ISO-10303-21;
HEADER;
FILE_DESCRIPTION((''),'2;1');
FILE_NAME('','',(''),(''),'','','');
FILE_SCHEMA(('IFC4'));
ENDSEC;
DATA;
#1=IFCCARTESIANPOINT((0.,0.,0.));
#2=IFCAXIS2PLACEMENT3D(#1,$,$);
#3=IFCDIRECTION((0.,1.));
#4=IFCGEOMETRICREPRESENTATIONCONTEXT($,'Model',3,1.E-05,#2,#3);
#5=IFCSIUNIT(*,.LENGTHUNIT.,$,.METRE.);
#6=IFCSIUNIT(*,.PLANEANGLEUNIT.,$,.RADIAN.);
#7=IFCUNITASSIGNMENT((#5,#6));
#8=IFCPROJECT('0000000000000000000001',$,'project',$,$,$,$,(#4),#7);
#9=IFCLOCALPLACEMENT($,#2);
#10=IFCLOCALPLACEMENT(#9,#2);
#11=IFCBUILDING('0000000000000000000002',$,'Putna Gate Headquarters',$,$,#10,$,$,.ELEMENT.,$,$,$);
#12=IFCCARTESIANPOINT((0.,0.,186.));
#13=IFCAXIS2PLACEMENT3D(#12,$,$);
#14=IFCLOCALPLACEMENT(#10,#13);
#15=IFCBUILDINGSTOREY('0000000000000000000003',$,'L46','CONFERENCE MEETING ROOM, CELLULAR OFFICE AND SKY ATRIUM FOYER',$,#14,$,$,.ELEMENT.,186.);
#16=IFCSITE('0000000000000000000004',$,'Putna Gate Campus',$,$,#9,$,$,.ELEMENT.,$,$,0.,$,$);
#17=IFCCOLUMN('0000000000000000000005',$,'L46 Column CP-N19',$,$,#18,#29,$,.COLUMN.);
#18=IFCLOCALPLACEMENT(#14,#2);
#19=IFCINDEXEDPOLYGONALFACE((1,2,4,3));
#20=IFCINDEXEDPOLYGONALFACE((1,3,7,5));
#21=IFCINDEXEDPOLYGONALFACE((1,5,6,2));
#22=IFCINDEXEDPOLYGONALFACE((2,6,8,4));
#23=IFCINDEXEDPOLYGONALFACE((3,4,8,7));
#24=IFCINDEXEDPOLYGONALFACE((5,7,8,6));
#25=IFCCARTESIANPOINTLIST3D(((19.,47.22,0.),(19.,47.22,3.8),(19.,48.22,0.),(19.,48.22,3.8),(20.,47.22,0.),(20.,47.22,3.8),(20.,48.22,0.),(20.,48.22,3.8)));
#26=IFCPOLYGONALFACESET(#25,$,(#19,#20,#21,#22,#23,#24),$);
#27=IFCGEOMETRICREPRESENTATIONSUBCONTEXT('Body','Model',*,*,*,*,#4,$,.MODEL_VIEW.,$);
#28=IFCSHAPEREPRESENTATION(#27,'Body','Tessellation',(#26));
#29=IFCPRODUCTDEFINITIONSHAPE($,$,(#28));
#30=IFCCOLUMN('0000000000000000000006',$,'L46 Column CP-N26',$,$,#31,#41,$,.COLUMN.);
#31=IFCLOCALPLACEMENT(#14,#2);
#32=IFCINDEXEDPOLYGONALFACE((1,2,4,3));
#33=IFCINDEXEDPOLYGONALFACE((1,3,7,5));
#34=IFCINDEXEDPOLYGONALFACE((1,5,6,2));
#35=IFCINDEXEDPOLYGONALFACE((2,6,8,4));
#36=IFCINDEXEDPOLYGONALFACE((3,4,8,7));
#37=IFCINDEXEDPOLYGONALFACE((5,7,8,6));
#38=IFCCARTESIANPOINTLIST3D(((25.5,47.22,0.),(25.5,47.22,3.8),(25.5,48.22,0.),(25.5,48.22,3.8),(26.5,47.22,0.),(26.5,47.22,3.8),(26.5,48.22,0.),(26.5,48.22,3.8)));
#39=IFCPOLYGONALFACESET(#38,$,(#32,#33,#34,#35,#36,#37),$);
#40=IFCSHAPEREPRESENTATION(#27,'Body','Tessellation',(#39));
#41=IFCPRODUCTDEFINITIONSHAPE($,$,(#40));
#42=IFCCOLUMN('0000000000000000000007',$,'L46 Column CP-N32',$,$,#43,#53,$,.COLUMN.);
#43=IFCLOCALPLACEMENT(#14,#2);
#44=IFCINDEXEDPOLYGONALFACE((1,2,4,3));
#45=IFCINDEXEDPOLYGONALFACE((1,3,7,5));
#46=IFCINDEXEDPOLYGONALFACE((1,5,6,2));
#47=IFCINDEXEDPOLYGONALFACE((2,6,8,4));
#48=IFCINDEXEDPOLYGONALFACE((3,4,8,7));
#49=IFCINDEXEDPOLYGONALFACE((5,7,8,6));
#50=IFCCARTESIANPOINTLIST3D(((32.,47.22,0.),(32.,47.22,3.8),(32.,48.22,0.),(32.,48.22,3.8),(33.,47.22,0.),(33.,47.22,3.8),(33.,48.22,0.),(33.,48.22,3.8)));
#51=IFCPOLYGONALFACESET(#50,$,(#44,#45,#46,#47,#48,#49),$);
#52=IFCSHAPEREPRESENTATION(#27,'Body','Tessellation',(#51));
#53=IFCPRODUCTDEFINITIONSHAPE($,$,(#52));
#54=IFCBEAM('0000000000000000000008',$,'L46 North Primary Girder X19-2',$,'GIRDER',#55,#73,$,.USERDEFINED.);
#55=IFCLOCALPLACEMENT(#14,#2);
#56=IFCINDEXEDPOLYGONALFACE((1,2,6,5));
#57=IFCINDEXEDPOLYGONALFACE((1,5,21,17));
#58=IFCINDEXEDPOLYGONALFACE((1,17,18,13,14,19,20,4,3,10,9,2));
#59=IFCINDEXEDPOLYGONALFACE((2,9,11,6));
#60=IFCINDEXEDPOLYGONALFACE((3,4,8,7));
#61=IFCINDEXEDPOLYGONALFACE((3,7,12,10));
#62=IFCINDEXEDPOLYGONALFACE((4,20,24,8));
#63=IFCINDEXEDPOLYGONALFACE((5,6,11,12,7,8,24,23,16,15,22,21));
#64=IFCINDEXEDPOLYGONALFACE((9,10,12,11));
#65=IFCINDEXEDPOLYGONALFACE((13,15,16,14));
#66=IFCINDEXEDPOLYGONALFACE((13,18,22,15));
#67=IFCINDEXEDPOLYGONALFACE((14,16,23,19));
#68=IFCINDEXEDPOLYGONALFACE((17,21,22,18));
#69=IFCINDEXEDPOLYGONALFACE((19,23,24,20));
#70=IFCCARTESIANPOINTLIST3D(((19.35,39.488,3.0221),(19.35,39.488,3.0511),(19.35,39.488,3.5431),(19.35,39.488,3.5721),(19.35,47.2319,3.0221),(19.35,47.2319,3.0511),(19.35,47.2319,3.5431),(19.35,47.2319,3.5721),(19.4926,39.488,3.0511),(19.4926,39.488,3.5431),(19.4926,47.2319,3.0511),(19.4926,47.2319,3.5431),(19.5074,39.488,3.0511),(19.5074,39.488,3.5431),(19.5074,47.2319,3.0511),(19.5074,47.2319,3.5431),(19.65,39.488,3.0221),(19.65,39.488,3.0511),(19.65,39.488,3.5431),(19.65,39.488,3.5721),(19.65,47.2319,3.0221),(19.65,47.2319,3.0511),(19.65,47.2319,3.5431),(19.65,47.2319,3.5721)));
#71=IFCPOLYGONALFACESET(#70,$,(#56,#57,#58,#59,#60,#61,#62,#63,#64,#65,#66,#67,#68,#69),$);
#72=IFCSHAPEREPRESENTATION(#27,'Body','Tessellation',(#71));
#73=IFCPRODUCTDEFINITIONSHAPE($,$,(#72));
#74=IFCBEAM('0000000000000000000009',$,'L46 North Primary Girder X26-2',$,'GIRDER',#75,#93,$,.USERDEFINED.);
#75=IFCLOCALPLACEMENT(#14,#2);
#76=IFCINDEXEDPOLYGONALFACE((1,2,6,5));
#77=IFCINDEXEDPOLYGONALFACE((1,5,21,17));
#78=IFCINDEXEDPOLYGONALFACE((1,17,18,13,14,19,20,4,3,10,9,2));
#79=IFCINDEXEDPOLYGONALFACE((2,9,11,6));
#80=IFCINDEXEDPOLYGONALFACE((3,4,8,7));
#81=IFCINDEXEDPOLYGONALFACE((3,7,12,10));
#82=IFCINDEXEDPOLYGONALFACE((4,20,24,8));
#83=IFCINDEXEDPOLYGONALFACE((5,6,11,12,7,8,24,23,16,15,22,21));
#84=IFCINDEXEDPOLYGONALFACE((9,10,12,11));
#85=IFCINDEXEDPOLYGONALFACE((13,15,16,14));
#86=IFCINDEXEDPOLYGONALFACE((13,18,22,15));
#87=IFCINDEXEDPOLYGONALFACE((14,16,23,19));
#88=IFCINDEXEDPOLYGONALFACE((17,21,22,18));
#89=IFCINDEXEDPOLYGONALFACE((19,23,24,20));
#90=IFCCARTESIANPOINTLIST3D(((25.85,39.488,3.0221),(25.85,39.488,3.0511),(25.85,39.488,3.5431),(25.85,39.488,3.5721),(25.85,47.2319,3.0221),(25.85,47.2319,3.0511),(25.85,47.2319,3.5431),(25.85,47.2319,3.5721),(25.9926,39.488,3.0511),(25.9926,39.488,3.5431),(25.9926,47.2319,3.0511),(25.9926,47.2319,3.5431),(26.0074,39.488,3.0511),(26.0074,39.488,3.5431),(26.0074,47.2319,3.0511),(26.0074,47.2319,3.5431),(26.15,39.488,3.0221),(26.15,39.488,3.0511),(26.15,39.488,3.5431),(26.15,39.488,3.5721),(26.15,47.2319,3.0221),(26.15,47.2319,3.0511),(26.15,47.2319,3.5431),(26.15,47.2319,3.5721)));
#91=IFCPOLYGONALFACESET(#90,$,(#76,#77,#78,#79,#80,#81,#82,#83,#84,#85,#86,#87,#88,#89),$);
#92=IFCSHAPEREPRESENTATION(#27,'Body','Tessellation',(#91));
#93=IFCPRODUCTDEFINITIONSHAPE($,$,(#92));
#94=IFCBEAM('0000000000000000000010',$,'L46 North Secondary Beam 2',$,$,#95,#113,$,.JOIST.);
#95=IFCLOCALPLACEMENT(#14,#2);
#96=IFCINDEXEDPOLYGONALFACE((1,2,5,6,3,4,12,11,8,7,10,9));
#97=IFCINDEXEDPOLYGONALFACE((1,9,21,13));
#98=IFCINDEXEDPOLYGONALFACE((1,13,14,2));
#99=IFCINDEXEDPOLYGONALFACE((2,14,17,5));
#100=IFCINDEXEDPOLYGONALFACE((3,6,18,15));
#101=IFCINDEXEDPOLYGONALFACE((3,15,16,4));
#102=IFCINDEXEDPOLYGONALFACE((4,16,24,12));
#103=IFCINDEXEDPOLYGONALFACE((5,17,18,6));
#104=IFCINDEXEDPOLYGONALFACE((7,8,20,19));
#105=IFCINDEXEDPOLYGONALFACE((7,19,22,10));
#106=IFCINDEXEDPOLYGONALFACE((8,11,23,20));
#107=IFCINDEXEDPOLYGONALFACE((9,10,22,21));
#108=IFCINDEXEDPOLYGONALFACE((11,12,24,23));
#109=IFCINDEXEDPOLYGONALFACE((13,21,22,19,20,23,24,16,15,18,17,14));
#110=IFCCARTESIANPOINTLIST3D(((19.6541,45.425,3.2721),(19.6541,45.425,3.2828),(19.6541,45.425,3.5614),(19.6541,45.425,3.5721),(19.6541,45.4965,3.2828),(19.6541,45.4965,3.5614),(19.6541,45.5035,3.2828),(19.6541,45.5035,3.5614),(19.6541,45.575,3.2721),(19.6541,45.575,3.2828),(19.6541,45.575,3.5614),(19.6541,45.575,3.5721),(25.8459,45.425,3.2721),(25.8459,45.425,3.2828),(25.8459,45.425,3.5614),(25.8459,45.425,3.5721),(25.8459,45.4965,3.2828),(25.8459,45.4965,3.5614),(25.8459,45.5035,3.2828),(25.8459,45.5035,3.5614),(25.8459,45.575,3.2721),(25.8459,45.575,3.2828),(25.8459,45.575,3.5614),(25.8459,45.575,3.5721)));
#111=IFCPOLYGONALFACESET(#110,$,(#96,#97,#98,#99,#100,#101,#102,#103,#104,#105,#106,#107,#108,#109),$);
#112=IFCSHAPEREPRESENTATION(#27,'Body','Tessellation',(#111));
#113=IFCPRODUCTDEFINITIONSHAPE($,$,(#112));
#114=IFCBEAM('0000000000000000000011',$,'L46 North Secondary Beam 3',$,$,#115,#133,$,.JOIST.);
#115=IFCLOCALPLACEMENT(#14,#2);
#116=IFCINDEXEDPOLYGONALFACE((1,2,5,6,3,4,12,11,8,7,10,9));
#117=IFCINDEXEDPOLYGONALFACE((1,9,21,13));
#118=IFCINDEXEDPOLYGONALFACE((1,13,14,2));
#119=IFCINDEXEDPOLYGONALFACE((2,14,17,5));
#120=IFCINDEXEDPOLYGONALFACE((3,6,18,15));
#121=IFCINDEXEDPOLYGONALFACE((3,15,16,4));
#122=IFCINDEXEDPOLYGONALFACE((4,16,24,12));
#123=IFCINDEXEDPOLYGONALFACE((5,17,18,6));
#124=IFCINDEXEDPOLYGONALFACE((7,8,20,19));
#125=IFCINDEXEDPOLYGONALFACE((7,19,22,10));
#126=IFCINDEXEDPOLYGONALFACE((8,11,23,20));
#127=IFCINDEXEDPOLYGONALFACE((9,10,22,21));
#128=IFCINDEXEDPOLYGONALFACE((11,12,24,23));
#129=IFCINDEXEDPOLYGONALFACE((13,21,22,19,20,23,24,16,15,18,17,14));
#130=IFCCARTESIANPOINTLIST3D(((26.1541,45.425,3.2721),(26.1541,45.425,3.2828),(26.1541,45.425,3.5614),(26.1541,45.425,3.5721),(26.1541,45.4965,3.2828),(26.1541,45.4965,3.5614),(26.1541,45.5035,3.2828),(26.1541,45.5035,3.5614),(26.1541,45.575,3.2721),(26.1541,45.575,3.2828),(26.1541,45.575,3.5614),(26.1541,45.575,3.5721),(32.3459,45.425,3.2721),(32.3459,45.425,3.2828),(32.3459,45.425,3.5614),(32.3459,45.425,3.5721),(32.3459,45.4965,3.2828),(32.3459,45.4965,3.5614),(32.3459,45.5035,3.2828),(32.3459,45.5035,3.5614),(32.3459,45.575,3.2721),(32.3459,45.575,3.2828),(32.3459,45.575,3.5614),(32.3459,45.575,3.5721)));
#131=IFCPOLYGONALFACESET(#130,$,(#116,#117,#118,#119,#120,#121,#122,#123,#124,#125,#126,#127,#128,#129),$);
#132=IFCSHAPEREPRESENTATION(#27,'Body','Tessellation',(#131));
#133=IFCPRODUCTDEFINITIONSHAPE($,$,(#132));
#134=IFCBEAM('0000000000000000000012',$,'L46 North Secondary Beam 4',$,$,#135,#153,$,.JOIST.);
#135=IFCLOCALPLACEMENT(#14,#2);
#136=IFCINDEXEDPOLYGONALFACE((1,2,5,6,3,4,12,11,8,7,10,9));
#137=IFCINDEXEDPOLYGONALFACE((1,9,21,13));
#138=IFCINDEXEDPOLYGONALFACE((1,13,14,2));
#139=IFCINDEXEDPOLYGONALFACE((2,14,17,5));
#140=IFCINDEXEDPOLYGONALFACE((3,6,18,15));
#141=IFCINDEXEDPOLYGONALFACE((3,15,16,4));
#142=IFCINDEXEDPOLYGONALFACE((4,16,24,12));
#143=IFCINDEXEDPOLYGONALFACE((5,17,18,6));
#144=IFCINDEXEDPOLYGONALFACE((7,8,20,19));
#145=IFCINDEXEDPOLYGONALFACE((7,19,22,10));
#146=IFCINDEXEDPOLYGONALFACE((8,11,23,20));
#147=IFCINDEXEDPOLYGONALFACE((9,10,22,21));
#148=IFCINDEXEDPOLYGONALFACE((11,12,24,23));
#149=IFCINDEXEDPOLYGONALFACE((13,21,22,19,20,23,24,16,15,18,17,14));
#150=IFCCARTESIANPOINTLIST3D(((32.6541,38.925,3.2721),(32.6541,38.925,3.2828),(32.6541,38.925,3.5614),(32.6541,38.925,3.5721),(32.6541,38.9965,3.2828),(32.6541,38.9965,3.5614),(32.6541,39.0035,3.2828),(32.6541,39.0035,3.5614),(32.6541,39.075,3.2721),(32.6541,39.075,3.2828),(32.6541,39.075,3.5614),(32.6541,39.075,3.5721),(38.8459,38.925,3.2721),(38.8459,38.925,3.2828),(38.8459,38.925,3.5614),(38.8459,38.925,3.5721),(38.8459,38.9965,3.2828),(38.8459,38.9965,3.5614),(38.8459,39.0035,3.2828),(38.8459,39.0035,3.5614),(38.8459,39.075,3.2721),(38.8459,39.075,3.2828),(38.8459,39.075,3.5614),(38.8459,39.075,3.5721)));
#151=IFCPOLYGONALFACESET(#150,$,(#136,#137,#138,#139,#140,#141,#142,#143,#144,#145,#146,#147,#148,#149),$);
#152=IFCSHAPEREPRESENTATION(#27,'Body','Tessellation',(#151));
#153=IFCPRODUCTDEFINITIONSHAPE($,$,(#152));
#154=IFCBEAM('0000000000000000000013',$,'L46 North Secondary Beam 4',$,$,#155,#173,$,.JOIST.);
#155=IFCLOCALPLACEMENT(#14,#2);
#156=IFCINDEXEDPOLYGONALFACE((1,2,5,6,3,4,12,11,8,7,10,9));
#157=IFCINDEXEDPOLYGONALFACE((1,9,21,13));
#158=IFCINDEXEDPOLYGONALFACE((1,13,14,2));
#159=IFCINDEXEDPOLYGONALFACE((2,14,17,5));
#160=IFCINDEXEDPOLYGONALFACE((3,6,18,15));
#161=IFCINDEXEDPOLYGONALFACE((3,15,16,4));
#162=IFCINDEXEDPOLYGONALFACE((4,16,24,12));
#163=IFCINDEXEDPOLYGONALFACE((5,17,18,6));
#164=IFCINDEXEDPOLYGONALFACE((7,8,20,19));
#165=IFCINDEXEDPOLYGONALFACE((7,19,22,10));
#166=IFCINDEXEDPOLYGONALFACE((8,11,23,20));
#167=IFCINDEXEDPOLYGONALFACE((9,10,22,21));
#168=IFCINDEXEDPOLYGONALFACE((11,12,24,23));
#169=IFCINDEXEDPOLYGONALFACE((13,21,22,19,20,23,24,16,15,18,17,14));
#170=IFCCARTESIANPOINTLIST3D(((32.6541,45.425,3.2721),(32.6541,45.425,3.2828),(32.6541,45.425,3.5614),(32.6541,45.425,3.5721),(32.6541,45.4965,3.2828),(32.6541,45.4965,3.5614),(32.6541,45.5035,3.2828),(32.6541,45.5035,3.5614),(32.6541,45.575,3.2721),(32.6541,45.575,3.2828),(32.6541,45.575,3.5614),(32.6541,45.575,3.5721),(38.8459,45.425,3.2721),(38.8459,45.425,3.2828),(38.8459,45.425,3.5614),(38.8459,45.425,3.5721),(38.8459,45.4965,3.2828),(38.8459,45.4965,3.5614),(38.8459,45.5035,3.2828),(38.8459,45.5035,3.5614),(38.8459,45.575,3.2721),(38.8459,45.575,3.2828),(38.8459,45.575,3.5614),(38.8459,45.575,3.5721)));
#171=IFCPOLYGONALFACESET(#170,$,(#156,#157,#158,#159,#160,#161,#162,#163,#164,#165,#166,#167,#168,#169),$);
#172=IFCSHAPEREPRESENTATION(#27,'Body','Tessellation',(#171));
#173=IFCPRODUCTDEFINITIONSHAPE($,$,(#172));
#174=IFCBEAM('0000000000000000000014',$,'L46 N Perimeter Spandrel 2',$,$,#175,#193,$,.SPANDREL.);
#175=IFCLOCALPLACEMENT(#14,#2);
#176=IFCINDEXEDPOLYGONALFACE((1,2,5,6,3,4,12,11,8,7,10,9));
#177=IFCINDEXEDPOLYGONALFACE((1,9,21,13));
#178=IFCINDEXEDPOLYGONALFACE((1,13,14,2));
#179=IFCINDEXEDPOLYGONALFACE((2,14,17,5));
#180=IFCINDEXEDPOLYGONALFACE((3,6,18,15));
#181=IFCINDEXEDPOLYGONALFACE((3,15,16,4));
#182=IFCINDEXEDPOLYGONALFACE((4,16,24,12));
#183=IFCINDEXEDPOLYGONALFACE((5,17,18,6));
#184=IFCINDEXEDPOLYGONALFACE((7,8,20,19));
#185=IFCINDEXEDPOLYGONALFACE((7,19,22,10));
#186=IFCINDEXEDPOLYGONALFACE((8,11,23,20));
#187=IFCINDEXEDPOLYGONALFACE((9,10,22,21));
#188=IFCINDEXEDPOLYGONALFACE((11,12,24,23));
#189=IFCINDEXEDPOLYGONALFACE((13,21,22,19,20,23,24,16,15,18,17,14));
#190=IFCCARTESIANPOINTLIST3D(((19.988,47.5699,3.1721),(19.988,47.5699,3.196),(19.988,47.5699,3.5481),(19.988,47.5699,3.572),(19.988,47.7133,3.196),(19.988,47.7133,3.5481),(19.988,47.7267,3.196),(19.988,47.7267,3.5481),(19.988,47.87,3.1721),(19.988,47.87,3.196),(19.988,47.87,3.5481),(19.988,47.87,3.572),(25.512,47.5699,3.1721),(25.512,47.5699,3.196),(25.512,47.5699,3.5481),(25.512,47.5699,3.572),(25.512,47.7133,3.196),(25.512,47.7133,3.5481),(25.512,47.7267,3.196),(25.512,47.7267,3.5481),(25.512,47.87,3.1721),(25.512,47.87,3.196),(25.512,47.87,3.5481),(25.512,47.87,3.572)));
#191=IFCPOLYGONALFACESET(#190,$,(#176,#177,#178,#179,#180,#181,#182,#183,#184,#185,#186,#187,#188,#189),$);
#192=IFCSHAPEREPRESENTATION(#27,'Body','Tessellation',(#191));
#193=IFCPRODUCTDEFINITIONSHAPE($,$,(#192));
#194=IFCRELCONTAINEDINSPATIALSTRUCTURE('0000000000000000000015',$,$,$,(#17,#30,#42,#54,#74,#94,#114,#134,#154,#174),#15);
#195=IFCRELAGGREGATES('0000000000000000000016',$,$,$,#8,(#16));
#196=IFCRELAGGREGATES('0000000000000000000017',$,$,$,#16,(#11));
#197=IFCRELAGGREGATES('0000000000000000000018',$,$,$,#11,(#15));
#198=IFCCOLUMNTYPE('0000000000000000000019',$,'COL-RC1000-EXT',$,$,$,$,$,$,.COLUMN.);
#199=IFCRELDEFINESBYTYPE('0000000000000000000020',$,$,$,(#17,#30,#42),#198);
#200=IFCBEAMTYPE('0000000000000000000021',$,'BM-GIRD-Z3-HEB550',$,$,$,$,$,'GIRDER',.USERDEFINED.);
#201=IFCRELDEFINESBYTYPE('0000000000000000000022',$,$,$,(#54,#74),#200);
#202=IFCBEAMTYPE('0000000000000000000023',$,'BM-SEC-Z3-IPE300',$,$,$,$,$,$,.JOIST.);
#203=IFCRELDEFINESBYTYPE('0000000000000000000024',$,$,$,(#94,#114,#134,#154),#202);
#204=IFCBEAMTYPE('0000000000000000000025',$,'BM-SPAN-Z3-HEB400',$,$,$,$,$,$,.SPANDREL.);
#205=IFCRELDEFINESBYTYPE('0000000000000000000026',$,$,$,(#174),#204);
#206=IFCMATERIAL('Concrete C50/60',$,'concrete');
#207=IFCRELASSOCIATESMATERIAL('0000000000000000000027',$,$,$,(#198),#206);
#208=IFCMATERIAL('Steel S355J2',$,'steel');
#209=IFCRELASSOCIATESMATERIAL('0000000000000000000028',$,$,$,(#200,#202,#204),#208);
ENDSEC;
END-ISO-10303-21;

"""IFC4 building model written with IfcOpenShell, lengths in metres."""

from ifc_helpers import new_model, si_unit, direction, frame, origin, origin_2d, place, context, subcontext, project, spatial, rectangle, i_section, extrude, material, material_profile, profile_set, type_object, element, save


model = new_model("IFC4")

# Units and contexts
model_context = context("Model", 3, precision=1e-05, world=origin(), true_north=direction((0.0, 1.0)))
body_context = subcontext(model_context, "Body", "Model", "MODEL_VIEW")
ifc_project = project(units=[si_unit("LENGTHUNIT", "METRE"), si_unit("PLANEANGLEUNIT", "RADIAN")], contexts=[model_context])

# Site, building, storey
site_placement = place(None, origin())
site = spatial("IfcSite", under=ifc_project, at=site_placement, Name="Putna Gate Campus", CompositionType="ELEMENT", RefElevation=0.0)
building_placement = place(site_placement, origin())
building = spatial("IfcBuilding", under=site, at=building_placement, Name="Putna Gate Headquarters", CompositionType="ELEMENT")
storey_placement = place(building_placement, frame((0.0, 0.0, 186.0)))
storey = spatial("IfcBuildingStorey", under=building, at=storey_placement, Name="L46", Description="CONFERENCE MEETING ROOM, CELLULAR OFFICE AND SKY ATRIUM FOYER", CompositionType="ELEMENT", Elevation=186.0)

# Columns
ifc_material_1 = material(Name="Concrete C50/60", Category="concrete")
ifc_material_profile_1 = material_profile(ifc_material_1, rectangle(XDim=1.0, YDim=1.0, at=origin_2d()), Name="Concrete C50/60")
ifc_profile_set_1 = profile_set([ifc_material_profile_1], Name="Concrete C50/60")
column_type = type_object("IfcColumnType", Name="COL-RC1000-EXT", PredefinedType="COLUMN", material=ifc_profile_set_1)
for number, where, z_axis, x_axis, name in (
    (1, (19.5, 47.72, 0.0), (0.0, 0.0, 1.0), (1.0, 0.0, 0.0), "L46 Column CP-N19"),
    (2, (26.0, 47.72, 0.0), (0.0, 0.0, 1.0), (1.0, 0.0, 0.0), "L46 Column CP-N26"),
    (3, (32.5, 47.72, 0.0), (0.0, 0.0, 1.0), (1.0, 0.0, 0.0), "L46 Column CP-N32"),
):
    element("IfcColumn", number, at=place(storey_placement, frame(where, z_axis=z_axis, x_axis=x_axis)), inside=storey, type_object=column_type, Name=name, PredefinedType="COLUMN", context=body_context, shape_type="SweptSolid", body=[
        extrude(rectangle(XDim=1.0, YDim=1.0, at=origin_2d()), origin(), (0.0, 0.0, 1.0), 3.8),
    ])

# Beams
ifc_material_2 = material(Name="Steel S355J2", Category="steel")
ifc_material_profile_2 = material_profile(ifc_material_2, i_section(OverallWidth=0.3, OverallDepth=0.55, WebThickness=0.0149, FlangeThickness=0.0291, at=origin_2d()), Name="Steel S355J2")
ifc_profile_set_2 = profile_set([ifc_material_profile_2], Name="Steel S355J2")
beam_type_1 = type_object("IfcBeamType", Name="BM-GIRD-Z3-HEB550", ElementType="GIRDER", PredefinedType="USERDEFINED", material=ifc_profile_set_2)
for number, where, z_axis, x_axis, name in (
    (4, (19.5, 39.488, 3.2971), (0.0, 1.0, 0.0), (-1.0, 0.0, 0.0), "L46 North Primary Girder X19-2"),
    (5, (26.0, 39.488, 3.2971), (0.0, 1.0, 0.0), (-1.0, 0.0, 0.0), "L46 North Primary Girder X26-2"),
):
    element("IfcBeam", number, at=place(storey_placement, frame(where, z_axis=z_axis, x_axis=x_axis)), inside=storey, type_object=beam_type_1, Name=name, ObjectType="GIRDER", PredefinedType="USERDEFINED", context=body_context, shape_type="SweptSolid", body=[
        extrude(i_section(OverallWidth=0.3, OverallDepth=0.55, WebThickness=0.0149, FlangeThickness=0.0291, at=origin_2d()), origin(), (0.0, 0.0, 1.0), 7.7439),
    ])
ifc_material_profile_3 = material_profile(ifc_material_2, i_section(OverallWidth=0.1499, OverallDepth=0.3, WebThickness=0.0071, FlangeThickness=0.0107, at=origin_2d()), Name="Steel S355J2")
ifc_profile_set_3 = profile_set([ifc_material_profile_3], Name="Steel S355J2")
beam_type_2 = type_object("IfcBeamType", Name="BM-SEC-Z3-IPE300", PredefinedType="JOIST", material=ifc_profile_set_3)
for number, where, z_axis, x_axis, name in (
    (6, (19.6541, 45.5, 3.4221), (1.0, 0.0, 0.0), (0.0, 1.0, 0.0), "L46 North Secondary Beam 2"),
    (7, (26.1541, 45.5, 3.4221), (1.0, 0.0, 0.0), (0.0, 1.0, 0.0), "L46 North Secondary Beam 3"),
    (8, (32.6541, 39.0, 3.4221), (1.0, 0.0, 0.0), (0.0, 1.0, 0.0), "L46 North Secondary Beam 4"),
    (9, (32.6541, 45.5, 3.4221), (1.0, 0.0, 0.0), (0.0, 1.0, 0.0), "L46 North Secondary Beam 4"),
):
    element("IfcBeam", number, at=place(storey_placement, frame(where, z_axis=z_axis, x_axis=x_axis)), inside=storey, type_object=beam_type_2, Name=name, PredefinedType="JOIST", context=body_context, shape_type="SweptSolid", body=[
        extrude(i_section(OverallWidth=0.1499, OverallDepth=0.3, WebThickness=0.0071, FlangeThickness=0.0107, at=origin_2d()), origin(), (0.0, 0.0, 1.0), 6.1919),
    ])
ifc_material_profile_4 = material_profile(ifc_material_2, i_section(OverallWidth=0.3, OverallDepth=0.3999, WebThickness=0.0134, FlangeThickness=0.0239, at=origin_2d()), Name="Steel S355J2")
ifc_profile_set_4 = profile_set([ifc_material_profile_4], Name="Steel S355J2")
beam_type_3 = type_object("IfcBeamType", Name="BM-SPAN-Z3-HEB400", PredefinedType="SPANDREL", material=ifc_profile_set_4)
for number, where, z_axis, x_axis, name in (
    (10, (19.988, 47.72, 3.3721), (1.0, 0.0, 0.0), (0.0, 1.0, 0.0), "L46 N Perimeter Spandrel 2"),
):
    element("IfcBeam", number, at=place(storey_placement, frame(where, z_axis=z_axis, x_axis=x_axis)), inside=storey, type_object=beam_type_3, Name=name, PredefinedType="SPANDREL", context=body_context, shape_type="SweptSolid", body=[
        extrude(i_section(OverallWidth=0.3, OverallDepth=0.3999, WebThickness=0.0134, FlangeThickness=0.0239, at=origin_2d()), origin(), (0.0, 0.0, 1.0), 5.5239),
    ])

save(model, "model.ifc")
